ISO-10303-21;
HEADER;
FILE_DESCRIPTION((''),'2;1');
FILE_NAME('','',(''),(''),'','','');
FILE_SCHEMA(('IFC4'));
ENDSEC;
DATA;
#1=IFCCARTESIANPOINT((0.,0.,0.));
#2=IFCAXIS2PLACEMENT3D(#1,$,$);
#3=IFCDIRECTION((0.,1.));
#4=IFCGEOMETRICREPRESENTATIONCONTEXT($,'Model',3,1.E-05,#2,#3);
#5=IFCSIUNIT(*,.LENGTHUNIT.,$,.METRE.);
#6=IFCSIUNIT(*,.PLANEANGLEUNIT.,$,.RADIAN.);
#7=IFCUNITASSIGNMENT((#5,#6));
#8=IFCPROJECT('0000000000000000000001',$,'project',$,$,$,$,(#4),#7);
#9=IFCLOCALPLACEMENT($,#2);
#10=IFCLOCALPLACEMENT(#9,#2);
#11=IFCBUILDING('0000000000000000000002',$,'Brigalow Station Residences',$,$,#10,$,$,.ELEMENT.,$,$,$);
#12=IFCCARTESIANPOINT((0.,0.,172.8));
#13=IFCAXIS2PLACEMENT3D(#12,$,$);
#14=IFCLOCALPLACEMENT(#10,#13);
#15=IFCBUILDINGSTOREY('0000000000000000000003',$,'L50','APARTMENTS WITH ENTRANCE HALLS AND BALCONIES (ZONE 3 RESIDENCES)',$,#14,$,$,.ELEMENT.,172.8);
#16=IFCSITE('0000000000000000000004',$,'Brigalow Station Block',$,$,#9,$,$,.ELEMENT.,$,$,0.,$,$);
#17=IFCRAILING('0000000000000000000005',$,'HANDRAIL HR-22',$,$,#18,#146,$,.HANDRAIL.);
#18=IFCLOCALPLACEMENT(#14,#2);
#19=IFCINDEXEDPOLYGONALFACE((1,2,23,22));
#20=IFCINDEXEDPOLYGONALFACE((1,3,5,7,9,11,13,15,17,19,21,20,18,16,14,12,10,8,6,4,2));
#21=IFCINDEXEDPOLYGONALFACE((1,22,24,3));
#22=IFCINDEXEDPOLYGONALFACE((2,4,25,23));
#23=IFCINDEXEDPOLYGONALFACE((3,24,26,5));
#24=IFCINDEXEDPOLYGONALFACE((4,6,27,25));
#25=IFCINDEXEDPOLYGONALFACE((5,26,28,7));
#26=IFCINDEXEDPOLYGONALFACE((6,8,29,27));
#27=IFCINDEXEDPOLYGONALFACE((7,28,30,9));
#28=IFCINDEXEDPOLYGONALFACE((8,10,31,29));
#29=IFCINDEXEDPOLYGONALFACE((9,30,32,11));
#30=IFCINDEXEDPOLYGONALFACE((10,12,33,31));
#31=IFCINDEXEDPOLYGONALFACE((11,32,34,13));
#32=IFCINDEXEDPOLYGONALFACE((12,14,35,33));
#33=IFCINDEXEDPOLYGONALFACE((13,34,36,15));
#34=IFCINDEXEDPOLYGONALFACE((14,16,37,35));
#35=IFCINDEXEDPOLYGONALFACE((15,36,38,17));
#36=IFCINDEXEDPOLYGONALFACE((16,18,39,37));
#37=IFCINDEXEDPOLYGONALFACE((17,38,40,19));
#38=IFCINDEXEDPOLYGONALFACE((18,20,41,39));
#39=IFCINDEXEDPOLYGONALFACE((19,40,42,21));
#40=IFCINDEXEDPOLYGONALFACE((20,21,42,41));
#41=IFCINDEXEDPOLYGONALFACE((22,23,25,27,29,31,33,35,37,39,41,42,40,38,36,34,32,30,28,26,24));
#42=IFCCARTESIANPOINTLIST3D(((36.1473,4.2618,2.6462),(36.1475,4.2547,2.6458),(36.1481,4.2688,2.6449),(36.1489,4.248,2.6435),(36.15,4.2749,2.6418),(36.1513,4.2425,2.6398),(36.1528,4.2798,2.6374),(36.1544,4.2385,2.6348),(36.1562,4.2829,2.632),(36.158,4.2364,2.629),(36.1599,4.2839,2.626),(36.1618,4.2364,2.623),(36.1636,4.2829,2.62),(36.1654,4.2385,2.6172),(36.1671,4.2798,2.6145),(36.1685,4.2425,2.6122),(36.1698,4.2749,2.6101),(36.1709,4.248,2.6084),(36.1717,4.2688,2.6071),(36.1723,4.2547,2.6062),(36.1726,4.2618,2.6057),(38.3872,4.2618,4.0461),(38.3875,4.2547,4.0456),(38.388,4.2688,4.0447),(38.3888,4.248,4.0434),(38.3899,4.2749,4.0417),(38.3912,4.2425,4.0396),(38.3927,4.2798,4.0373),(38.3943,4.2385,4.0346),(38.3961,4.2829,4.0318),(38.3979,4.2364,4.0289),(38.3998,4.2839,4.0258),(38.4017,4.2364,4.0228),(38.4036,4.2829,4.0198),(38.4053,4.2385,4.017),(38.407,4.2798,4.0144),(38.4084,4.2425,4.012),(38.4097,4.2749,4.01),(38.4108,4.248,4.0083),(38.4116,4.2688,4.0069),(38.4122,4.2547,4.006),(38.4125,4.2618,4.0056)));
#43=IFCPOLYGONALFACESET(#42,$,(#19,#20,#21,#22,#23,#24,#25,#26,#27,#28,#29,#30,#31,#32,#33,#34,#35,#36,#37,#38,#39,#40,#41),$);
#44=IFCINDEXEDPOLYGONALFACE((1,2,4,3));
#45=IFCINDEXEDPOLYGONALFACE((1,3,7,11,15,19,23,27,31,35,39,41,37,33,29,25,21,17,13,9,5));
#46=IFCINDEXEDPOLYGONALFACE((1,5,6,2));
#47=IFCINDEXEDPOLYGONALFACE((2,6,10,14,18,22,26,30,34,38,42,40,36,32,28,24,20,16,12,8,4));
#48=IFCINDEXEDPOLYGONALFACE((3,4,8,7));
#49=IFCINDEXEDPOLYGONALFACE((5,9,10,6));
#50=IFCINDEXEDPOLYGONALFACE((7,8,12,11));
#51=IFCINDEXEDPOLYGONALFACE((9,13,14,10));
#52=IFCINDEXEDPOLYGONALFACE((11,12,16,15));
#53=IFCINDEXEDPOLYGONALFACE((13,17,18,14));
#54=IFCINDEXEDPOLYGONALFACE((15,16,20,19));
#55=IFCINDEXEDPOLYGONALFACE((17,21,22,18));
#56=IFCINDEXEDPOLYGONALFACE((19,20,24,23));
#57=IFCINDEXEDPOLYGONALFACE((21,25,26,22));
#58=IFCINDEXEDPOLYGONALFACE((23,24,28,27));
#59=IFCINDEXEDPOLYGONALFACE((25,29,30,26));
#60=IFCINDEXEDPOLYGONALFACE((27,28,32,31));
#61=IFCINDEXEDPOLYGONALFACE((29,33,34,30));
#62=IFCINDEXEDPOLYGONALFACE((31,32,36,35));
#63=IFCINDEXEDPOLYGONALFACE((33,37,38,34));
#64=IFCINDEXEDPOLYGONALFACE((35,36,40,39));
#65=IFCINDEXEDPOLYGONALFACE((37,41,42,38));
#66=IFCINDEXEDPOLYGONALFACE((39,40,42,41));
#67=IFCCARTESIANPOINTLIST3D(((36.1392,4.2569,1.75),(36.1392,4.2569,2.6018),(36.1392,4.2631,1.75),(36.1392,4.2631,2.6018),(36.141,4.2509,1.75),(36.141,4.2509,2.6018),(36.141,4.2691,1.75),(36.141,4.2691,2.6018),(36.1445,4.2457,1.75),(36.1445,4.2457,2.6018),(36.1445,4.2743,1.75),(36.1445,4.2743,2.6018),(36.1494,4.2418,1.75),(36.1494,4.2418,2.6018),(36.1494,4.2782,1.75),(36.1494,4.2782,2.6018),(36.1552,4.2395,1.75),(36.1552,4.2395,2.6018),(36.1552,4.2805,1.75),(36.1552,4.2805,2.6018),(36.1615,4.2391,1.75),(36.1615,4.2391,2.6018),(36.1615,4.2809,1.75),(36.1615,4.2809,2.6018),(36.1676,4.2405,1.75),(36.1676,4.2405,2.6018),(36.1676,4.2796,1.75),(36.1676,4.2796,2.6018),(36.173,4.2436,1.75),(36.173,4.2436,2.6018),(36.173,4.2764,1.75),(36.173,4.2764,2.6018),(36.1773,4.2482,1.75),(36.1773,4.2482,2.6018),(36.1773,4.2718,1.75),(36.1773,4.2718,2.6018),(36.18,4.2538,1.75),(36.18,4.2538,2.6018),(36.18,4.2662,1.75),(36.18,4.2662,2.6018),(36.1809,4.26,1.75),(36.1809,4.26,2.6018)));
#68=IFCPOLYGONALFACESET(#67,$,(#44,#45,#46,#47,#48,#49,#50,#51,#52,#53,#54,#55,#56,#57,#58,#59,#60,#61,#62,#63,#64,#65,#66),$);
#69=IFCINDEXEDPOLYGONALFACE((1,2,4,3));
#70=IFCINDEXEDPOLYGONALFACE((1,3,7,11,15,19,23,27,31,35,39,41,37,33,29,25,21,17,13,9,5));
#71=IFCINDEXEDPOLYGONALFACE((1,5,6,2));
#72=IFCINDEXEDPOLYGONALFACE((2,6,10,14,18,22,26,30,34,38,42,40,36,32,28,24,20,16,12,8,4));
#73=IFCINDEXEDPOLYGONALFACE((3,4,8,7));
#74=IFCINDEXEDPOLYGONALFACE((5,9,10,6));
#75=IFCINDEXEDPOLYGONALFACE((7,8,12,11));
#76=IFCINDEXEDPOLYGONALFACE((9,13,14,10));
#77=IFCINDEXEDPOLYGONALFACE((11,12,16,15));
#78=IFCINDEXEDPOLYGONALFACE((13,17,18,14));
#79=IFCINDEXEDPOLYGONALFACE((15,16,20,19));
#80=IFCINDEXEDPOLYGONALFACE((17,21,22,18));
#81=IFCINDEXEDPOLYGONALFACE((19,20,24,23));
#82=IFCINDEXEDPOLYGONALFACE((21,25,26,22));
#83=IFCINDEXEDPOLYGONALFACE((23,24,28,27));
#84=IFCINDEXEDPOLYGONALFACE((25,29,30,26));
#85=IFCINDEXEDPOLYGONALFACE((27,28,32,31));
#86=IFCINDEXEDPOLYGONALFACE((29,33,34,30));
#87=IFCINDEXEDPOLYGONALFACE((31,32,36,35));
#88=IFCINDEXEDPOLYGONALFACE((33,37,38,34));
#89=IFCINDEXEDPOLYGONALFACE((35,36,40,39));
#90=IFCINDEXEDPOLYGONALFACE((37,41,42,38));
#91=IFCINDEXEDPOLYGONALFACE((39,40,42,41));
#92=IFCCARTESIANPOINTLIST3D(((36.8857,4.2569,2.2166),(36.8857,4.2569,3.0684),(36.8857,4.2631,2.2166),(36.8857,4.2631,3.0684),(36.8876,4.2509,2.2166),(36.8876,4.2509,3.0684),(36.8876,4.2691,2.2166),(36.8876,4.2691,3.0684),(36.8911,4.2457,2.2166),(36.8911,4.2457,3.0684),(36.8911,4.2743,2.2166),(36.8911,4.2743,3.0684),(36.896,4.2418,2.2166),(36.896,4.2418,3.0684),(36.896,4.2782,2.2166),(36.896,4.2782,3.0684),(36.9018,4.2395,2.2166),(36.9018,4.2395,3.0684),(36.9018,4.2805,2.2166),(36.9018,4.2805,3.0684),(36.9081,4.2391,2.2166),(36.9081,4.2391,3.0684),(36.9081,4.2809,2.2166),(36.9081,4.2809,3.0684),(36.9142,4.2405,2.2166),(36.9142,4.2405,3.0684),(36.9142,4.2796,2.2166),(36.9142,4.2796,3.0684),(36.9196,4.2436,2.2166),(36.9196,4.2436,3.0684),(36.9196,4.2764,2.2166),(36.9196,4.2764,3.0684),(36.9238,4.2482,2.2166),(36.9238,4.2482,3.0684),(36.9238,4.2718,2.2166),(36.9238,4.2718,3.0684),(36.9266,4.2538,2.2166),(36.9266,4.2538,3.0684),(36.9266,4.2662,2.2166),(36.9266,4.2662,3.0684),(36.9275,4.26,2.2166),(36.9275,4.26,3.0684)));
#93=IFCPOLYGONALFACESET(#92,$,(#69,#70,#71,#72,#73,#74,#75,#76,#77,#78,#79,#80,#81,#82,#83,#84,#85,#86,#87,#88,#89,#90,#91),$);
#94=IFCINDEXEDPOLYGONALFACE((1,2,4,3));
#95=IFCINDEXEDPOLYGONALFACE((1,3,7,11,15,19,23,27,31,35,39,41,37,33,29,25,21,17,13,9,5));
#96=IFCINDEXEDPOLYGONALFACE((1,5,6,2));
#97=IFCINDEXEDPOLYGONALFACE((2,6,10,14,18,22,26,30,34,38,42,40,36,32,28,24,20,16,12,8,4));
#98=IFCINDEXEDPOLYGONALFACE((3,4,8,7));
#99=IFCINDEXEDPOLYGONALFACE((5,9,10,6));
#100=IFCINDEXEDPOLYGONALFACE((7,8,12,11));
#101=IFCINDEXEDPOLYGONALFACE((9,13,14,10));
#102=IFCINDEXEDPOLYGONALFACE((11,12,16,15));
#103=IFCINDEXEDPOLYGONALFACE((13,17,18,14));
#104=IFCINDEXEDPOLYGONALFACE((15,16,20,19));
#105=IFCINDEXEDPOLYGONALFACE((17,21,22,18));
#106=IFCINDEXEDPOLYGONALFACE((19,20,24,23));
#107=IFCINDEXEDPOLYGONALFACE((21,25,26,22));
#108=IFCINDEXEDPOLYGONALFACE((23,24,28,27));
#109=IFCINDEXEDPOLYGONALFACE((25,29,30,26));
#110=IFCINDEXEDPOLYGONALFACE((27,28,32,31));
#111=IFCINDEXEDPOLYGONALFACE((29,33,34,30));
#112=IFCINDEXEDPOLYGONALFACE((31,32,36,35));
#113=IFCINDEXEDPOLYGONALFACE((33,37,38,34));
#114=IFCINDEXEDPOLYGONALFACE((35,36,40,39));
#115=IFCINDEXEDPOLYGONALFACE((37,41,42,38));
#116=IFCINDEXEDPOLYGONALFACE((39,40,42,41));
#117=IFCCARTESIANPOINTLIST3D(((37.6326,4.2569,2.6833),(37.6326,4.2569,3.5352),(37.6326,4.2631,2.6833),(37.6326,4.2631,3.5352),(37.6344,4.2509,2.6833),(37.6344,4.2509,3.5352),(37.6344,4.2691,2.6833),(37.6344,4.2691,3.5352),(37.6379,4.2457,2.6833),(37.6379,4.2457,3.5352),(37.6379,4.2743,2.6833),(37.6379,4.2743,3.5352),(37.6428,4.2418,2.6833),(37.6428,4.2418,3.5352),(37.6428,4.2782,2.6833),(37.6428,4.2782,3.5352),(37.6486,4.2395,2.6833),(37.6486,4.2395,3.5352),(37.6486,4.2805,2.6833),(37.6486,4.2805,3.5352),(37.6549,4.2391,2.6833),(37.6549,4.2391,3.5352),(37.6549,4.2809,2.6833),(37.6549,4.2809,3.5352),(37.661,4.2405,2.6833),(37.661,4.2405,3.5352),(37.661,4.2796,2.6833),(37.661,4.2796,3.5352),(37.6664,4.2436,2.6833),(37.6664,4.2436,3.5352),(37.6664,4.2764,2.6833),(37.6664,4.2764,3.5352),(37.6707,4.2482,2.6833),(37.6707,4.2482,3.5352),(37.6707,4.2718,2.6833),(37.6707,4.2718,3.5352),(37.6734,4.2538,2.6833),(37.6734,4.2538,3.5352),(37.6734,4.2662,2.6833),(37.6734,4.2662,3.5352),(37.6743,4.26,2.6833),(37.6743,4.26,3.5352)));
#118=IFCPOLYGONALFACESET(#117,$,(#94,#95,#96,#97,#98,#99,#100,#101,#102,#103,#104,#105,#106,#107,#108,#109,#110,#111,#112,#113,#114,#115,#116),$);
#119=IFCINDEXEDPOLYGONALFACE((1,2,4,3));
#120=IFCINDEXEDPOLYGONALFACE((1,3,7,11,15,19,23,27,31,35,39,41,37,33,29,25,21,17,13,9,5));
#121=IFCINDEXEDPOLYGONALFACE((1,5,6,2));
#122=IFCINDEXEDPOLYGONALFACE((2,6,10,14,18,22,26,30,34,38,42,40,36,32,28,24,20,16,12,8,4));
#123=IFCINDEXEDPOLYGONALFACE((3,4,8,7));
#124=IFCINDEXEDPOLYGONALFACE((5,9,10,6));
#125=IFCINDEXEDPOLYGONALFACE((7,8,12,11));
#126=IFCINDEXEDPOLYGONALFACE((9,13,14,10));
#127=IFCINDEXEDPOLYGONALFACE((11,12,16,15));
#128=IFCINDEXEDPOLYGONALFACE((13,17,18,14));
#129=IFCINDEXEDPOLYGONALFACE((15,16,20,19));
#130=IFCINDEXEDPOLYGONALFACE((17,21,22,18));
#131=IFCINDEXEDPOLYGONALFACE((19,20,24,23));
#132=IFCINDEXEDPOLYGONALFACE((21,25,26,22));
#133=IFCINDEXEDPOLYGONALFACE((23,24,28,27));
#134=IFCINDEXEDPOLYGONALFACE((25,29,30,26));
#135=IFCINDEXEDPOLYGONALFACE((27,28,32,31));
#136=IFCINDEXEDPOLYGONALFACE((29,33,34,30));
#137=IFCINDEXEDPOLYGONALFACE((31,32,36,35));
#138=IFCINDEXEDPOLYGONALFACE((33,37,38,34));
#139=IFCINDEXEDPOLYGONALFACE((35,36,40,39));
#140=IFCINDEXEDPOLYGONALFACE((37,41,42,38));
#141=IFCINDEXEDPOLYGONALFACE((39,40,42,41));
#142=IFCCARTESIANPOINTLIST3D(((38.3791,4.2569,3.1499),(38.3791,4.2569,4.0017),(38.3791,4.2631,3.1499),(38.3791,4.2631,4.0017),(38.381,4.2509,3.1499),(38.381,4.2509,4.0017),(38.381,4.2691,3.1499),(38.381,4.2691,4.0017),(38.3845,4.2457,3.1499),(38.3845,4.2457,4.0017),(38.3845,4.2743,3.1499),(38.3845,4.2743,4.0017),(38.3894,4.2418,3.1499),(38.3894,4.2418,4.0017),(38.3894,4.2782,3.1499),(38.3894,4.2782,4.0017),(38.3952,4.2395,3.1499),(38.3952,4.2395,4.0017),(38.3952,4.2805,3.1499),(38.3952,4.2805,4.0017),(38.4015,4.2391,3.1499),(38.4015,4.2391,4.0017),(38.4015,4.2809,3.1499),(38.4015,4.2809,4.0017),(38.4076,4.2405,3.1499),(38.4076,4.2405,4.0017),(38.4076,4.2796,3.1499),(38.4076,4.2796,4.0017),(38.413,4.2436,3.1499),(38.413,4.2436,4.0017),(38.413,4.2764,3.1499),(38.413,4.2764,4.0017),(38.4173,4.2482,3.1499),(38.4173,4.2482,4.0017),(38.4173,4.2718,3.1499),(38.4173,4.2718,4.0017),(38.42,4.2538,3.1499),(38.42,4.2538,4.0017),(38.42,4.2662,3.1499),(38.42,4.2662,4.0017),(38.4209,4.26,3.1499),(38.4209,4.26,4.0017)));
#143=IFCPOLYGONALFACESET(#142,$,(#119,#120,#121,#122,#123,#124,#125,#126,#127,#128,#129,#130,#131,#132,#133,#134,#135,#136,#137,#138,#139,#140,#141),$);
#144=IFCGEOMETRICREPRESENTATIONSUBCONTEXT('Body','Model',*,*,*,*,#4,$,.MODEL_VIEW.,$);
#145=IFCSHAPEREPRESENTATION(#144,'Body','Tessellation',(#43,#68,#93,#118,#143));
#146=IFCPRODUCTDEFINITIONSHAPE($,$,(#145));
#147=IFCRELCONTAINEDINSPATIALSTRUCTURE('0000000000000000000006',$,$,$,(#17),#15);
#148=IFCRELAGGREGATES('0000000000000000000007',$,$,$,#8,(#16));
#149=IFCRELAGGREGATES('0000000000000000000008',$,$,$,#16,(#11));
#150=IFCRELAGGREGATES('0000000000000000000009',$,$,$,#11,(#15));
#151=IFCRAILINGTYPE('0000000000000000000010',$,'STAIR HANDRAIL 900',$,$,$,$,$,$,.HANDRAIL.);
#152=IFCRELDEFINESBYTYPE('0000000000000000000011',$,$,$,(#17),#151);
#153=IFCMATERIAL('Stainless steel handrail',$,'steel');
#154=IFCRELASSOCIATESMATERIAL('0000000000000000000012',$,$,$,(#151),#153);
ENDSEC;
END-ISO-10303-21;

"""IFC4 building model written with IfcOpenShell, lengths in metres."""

from ifc_helpers import new_model, si_unit, direction, frame, origin, origin_2d, place, context, subcontext, project, spatial, circle, extrude, material, type_object, element, save


model = new_model("IFC4")

# Units and contexts
model_context = context("Model", 3, precision=1e-05, world=origin(), true_north=direction((0.0, 1.0)))
body_context = subcontext(model_context, "Body", "Model", "MODEL_VIEW")
ifc_project = project(units=[si_unit("LENGTHUNIT", "METRE"), si_unit("PLANEANGLEUNIT", "RADIAN")], contexts=[model_context])

# Site, building, storey
site_placement = place(None, origin())
site = spatial("IfcSite", under=ifc_project, at=site_placement, Name="Brigalow Station Block", CompositionType="ELEMENT", RefElevation=0.0)
building_placement = place(site_placement, origin())
building = spatial("IfcBuilding", under=site, at=building_placement, Name="Brigalow Station Residences", CompositionType="ELEMENT")
storey_placement = place(building_placement, frame((0.0, 0.0, 172.8)))
storey = spatial("IfcBuildingStorey", under=building, at=storey_placement, Name="L50", Description="APARTMENTS WITH ENTRANCE HALLS AND BALCONIES (ZONE 3 RESIDENCES)", CompositionType="ELEMENT", Elevation=172.8)

# Railing
ifc_material_1 = material(Name="Stainless steel handrail", Category="steel")
railing_type_1 = type_object("IfcRailingType", Name="STAIR HANDRAIL 900", PredefinedType="HANDRAIL", material=ifc_material_1)
railing_1_placement = place(storey_placement, frame((36.1599, 4.26, 1.75)))
element("IfcRailing", 1, at=railing_1_placement, inside=storey, type_object=railing_type_1, Name="HANDRAIL HR-22", PredefinedType="HANDRAIL", context=body_context, shape_type="SweptSolid", body=[
    extrude(circle(Radius=0.0239, at=origin_2d()), frame((0.0, 0.0, 0.876), z_axis=(0.848014, 0.0, 0.529974), x_axis=(0.0, 1.0, 0.0)), (0.0, 0.0, 1.0), 2.6414),
    extrude(circle(Radius=0.021, at=origin_2d()), origin(), (0.0, 0.0, 1.0), 0.8518),
    extrude(circle(Radius=0.021, at=origin_2d()), frame((0.7466, 0.0, 0.4666)), (0.0, 0.0, 1.0), 0.8518),
    extrude(circle(Radius=0.021, at=origin_2d()), frame((1.4934, 0.0, 0.9333)), (0.0, 0.0, 1.0), 0.8518),
    extrude(circle(Radius=0.021, at=origin_2d()), frame((2.24, 0.0, 1.3999)), (0.0, 0.0, 1.0), 0.8518),
])

save(model, "model.ifc")
